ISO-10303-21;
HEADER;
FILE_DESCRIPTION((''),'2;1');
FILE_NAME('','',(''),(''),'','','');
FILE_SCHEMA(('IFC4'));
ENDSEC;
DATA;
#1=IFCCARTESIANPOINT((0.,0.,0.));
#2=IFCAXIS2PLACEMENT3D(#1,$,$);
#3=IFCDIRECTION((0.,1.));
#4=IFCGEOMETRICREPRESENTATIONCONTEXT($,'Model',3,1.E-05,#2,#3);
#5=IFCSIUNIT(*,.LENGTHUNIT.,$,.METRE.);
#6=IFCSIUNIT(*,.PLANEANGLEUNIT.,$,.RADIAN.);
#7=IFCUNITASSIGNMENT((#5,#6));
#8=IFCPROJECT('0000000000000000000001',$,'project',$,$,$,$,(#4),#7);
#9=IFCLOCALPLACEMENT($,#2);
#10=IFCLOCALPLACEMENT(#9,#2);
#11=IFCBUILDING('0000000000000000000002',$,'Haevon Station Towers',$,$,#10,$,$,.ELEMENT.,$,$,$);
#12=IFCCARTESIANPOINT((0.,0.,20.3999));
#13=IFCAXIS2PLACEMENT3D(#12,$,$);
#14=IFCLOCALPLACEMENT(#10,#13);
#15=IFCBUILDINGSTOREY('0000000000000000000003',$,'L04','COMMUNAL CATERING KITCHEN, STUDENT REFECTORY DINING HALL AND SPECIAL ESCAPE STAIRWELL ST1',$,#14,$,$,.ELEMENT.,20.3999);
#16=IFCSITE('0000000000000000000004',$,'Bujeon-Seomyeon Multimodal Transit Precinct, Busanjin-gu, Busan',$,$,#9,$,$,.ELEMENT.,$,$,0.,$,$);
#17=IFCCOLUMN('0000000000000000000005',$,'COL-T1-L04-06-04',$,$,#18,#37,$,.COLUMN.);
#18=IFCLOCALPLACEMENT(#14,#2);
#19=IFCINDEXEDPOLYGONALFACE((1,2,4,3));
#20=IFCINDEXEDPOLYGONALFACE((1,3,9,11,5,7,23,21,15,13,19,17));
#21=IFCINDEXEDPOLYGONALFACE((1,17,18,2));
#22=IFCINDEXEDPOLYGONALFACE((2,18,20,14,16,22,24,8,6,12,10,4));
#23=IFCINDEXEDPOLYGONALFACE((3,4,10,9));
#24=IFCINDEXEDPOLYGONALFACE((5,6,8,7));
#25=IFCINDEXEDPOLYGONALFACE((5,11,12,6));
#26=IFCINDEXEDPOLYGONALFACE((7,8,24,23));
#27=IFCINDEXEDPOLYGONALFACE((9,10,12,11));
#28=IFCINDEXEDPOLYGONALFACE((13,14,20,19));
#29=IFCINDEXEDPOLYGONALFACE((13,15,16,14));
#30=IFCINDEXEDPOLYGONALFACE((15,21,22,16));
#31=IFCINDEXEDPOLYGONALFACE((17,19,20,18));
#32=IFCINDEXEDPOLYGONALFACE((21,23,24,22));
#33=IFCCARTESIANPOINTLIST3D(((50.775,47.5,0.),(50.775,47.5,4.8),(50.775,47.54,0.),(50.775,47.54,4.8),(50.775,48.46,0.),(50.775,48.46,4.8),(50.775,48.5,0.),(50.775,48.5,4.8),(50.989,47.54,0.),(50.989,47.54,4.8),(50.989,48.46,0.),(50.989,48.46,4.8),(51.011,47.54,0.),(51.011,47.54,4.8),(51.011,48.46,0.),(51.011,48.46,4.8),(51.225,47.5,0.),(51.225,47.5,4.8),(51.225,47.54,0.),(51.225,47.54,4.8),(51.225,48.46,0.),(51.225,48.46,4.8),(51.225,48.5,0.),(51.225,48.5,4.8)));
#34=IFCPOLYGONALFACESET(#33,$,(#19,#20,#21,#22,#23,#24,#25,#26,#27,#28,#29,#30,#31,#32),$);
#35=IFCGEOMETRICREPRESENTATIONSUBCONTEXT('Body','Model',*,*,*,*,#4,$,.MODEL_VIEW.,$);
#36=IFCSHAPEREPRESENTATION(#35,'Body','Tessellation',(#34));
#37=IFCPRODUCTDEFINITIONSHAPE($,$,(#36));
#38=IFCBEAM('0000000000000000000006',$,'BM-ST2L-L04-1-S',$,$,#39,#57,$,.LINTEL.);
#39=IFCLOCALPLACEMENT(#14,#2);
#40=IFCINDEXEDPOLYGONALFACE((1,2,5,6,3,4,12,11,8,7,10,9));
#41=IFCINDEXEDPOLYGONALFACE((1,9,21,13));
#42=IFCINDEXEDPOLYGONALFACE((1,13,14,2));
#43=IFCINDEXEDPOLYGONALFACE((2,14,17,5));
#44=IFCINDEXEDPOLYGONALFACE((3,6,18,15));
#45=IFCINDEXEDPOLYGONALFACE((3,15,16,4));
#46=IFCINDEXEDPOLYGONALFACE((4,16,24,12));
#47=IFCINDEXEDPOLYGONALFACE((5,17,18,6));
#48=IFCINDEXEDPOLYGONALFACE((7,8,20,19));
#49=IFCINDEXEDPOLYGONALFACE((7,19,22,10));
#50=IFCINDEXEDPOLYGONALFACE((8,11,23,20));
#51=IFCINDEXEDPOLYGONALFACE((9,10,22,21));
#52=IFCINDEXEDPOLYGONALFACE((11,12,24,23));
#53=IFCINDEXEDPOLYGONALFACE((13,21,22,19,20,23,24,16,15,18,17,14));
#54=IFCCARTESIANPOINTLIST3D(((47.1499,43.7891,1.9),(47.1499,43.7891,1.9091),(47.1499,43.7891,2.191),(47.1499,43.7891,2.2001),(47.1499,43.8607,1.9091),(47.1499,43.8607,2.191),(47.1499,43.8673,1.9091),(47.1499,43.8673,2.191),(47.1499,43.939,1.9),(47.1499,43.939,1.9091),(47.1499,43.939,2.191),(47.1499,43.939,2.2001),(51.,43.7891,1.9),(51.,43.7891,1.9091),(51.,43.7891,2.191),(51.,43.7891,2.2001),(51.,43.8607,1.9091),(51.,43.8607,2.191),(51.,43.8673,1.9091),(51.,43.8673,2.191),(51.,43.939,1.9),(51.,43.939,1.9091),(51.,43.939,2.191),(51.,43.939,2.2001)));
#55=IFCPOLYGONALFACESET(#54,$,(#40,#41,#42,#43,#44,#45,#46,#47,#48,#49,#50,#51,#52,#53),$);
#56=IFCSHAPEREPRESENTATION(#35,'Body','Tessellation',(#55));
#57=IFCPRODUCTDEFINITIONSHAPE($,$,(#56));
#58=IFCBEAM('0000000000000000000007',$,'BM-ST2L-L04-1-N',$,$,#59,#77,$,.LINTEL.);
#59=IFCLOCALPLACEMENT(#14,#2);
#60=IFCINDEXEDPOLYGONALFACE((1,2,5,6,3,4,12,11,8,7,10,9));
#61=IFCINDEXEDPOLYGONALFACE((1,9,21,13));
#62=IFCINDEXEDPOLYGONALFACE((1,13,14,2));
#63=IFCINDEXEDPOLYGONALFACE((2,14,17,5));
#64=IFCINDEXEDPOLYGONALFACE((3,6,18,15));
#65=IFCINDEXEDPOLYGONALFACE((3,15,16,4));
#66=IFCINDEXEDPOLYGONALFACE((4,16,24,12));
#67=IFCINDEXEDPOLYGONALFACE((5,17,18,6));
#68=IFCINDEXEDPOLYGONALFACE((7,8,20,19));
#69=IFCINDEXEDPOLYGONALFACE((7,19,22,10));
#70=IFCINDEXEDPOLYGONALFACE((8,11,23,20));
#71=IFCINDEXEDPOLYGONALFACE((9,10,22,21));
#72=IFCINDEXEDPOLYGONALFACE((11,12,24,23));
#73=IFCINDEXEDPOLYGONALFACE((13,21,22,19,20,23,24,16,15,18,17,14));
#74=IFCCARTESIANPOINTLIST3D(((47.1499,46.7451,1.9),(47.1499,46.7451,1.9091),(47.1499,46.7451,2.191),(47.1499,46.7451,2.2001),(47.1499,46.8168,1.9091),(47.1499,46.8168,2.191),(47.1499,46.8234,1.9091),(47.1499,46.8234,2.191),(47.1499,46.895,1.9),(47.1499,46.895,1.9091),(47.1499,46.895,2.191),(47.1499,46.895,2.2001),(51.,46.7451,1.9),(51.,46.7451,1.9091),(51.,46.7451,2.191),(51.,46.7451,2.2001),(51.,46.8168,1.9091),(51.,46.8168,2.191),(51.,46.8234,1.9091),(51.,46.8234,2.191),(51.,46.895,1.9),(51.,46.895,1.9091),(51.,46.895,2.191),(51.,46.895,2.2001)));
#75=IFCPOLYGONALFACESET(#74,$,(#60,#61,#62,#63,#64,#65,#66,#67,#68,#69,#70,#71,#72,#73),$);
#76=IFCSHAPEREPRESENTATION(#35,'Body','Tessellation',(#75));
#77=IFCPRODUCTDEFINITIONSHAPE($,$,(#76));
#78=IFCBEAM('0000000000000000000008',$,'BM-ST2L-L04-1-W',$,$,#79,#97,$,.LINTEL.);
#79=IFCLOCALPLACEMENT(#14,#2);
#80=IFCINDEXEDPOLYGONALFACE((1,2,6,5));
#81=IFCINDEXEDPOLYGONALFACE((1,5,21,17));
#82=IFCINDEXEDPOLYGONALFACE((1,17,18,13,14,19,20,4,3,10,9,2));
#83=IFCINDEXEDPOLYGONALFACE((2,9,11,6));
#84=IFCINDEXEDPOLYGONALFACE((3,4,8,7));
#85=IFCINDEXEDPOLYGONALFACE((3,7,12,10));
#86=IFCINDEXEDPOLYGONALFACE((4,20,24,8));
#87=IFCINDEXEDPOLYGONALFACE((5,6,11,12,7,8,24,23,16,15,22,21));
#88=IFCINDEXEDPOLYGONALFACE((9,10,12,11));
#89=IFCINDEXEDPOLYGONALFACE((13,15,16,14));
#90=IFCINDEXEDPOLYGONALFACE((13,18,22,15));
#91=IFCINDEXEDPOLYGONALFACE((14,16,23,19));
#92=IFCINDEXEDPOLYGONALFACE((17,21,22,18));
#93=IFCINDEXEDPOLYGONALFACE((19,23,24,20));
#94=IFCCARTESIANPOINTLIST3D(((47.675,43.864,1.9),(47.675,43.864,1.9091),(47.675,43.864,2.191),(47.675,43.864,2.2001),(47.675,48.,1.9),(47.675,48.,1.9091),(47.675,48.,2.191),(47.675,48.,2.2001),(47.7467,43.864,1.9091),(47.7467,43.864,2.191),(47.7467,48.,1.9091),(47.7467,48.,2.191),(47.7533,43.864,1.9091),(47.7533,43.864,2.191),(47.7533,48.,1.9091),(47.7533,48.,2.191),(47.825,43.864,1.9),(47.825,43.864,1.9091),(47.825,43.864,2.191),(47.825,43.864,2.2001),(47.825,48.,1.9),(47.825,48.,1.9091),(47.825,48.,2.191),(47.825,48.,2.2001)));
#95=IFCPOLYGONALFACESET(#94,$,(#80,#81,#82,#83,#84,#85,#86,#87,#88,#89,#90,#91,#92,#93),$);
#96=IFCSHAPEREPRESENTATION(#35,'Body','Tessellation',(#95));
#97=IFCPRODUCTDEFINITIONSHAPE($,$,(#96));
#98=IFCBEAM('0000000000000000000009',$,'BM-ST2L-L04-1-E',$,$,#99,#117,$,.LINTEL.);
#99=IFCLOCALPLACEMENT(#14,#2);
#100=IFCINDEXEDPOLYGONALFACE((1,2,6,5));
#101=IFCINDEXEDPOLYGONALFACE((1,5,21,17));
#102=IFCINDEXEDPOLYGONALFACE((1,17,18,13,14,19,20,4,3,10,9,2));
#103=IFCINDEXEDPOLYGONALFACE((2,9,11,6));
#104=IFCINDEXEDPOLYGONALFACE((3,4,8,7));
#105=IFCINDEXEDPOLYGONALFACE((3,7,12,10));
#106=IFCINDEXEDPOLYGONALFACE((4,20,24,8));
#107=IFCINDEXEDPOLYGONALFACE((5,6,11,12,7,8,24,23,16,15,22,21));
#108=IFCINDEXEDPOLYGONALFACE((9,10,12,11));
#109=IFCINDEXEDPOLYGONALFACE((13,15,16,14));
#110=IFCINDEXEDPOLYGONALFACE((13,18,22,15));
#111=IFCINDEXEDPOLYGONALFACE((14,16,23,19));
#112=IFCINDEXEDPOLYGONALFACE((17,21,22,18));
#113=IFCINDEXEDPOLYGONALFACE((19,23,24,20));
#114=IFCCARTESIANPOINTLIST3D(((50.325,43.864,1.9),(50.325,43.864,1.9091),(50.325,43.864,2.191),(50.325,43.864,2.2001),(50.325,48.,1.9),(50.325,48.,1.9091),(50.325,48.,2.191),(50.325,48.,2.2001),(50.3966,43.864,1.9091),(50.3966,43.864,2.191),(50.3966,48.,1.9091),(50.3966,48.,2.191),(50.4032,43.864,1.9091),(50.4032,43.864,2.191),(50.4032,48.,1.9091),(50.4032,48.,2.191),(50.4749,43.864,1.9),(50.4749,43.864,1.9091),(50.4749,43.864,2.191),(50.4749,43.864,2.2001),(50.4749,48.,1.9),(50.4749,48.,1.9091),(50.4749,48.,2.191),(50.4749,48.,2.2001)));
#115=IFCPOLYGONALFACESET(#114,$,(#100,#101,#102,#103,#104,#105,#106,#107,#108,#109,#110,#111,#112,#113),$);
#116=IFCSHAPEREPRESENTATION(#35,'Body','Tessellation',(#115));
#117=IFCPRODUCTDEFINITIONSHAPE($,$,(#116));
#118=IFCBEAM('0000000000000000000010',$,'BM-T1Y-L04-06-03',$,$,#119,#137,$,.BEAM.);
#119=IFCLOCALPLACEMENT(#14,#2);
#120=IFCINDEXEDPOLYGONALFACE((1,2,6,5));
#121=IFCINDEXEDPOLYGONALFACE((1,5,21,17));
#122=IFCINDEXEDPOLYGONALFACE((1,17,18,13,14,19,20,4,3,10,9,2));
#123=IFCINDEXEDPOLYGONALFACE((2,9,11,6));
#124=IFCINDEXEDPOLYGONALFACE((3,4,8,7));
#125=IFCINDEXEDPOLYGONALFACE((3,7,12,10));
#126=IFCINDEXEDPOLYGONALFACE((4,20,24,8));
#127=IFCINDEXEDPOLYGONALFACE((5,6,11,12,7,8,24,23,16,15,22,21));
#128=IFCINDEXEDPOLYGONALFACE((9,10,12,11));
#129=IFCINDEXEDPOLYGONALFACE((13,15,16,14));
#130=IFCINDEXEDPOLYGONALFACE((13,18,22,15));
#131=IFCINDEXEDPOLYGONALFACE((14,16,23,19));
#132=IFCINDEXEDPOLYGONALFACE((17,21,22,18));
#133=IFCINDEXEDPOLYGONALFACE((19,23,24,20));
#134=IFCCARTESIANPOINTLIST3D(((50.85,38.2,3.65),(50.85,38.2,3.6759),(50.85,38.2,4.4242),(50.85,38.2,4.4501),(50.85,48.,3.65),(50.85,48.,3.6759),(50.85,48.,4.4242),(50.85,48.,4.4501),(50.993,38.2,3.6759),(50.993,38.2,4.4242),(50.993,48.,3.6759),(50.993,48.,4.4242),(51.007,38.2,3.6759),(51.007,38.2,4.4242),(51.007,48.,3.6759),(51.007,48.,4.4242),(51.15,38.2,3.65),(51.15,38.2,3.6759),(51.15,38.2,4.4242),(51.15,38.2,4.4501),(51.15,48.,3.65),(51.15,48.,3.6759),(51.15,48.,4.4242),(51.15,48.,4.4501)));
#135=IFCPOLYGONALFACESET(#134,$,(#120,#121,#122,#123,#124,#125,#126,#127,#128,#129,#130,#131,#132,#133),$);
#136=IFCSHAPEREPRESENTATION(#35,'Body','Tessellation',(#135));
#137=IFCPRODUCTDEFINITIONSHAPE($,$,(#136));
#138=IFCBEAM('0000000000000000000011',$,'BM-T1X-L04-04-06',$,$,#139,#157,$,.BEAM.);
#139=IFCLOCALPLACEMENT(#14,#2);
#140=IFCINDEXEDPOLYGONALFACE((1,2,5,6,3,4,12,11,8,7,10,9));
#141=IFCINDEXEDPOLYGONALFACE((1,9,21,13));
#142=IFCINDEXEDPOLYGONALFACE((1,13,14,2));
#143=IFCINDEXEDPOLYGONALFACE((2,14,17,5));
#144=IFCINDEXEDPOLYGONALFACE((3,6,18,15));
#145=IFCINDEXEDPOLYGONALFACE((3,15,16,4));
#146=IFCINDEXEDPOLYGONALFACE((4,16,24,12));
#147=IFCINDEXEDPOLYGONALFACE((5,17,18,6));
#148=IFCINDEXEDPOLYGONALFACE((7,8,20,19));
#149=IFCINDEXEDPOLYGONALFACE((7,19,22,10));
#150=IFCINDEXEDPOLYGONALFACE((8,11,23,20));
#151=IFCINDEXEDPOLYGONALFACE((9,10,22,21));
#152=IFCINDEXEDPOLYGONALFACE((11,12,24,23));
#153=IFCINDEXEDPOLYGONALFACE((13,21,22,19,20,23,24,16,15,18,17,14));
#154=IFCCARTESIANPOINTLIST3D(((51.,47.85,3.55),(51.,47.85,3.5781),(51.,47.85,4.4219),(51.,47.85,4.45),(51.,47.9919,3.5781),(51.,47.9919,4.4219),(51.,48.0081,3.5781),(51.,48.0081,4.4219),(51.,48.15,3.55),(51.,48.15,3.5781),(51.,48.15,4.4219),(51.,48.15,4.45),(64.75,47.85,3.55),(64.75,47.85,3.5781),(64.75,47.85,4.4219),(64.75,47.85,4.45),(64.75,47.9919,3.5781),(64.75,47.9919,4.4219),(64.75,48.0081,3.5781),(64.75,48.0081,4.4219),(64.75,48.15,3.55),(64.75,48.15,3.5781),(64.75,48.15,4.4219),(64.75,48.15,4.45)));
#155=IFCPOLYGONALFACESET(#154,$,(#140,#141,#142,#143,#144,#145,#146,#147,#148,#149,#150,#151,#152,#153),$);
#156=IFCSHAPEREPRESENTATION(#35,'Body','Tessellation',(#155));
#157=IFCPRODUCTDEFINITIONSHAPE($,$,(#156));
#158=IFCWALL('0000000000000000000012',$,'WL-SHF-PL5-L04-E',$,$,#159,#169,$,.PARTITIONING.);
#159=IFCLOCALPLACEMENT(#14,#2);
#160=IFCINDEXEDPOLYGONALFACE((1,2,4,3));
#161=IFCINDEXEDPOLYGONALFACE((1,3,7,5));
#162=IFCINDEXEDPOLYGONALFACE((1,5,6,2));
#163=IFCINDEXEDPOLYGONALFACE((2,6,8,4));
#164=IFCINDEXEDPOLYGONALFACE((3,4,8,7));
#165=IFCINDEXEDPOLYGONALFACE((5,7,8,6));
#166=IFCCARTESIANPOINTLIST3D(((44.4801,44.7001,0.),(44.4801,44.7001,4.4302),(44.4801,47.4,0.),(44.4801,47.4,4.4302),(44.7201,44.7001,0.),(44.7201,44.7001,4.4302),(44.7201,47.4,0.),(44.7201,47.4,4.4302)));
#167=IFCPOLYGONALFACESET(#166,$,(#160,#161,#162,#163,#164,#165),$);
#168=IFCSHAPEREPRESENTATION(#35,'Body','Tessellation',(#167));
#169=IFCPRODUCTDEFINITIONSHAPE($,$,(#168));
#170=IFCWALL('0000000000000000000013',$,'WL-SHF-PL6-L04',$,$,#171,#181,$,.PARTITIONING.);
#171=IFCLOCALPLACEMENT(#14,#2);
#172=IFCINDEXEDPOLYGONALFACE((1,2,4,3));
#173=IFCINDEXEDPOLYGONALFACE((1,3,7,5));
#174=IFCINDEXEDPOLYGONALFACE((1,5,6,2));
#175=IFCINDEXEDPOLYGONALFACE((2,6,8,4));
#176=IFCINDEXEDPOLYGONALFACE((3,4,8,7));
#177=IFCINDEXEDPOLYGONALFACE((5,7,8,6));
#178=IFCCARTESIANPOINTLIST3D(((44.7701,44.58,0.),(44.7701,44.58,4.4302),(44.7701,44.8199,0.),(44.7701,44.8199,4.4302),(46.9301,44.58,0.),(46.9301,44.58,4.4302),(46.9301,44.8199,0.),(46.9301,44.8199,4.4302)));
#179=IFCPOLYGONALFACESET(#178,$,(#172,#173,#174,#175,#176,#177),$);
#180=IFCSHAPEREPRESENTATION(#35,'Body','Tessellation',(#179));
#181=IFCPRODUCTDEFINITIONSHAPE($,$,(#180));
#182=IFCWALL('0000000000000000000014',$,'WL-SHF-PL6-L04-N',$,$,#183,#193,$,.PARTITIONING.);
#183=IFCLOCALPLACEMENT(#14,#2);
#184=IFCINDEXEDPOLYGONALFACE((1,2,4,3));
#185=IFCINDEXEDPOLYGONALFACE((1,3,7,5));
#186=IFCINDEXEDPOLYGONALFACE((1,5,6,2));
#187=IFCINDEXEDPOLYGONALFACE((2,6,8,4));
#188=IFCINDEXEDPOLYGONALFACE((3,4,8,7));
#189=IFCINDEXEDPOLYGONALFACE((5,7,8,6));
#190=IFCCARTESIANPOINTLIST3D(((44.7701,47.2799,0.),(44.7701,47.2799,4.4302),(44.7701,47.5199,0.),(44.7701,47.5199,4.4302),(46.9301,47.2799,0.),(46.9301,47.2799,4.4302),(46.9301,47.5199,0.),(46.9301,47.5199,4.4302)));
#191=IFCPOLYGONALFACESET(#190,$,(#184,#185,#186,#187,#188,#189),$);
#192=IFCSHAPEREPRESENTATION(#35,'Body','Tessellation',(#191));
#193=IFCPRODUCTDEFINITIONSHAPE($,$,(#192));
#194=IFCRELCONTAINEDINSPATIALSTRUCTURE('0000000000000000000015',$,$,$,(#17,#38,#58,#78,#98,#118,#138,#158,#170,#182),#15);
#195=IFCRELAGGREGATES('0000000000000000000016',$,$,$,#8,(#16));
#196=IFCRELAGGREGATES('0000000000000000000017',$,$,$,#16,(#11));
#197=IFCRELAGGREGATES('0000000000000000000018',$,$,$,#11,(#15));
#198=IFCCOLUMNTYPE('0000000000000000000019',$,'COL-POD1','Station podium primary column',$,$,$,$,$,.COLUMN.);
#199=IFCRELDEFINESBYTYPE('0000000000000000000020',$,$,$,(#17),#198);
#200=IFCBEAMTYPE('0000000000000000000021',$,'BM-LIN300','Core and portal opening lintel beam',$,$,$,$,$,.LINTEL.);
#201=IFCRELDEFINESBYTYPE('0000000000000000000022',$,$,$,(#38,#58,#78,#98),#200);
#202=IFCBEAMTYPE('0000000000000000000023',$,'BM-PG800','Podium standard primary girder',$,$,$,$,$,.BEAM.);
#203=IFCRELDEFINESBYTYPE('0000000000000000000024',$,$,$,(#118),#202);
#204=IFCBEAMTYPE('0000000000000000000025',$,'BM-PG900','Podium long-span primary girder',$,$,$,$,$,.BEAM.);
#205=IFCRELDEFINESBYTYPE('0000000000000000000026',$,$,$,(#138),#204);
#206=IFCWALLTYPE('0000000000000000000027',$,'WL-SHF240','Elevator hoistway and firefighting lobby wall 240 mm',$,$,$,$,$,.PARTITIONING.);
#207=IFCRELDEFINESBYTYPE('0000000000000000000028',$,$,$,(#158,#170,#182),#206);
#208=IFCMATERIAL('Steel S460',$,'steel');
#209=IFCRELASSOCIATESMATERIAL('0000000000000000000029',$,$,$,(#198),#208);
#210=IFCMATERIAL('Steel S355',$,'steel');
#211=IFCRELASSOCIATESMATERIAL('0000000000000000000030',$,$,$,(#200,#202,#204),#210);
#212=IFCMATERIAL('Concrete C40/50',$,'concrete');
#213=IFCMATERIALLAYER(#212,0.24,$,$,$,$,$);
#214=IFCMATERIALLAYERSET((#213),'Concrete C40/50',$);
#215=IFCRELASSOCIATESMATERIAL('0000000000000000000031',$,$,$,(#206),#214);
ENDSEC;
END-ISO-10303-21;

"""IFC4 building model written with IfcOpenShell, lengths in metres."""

from ifc_helpers import new_model, si_unit, direction, frame, frame_2d, origin, origin_2d, place, context, subcontext, project, spatial, rectangle, i_section, extrude, material, layer, layer_set, material_profile, profile_set, type_object, element, save


model = new_model("IFC4")

# Units and contexts
model_context = context("Model", 3, precision=1e-05, world=origin(), true_north=direction((0.0, 1.0)))
body_context = subcontext(model_context, "Body", "Model", "MODEL_VIEW")
ifc_project = project(units=[si_unit("LENGTHUNIT", "METRE"), si_unit("PLANEANGLEUNIT", "RADIAN")], contexts=[model_context])

# Site, building, storey
site_placement = place(None, origin())
site = spatial("IfcSite", under=ifc_project, at=site_placement, Name="Bujeon-Seomyeon Multimodal Transit Precinct, Busanjin-gu, Busan", CompositionType="ELEMENT", RefElevation=0.0)
building_placement = place(site_placement, origin())
building = spatial("IfcBuilding", under=site, at=building_placement, Name="Haevon Station Towers", CompositionType="ELEMENT")
storey_placement = place(building_placement, frame((0.0, 0.0, 20.3999)))
storey = spatial("IfcBuildingStorey", under=building, at=storey_placement, Name="L04", Description="COMMUNAL CATERING KITCHEN, STUDENT REFECTORY DINING HALL AND SPECIAL ESCAPE STAIRWELL ST1", CompositionType="ELEMENT", Elevation=20.3999)

# Column
ifc_material_1 = material(Name="Steel S460", Category="steel")
ifc_material_profile_1 = material_profile(ifc_material_1, i_section(OverallWidth=0.45, OverallDepth=1.0, WebThickness=0.022, FlangeThickness=0.04, at=origin_2d()), Name="H-1000x450x22x40")
ifc_profile_set_1 = profile_set([ifc_material_profile_1], Name="Steel S460")
column_type = type_object("IfcColumnType", Name="COL-POD1", Description="Station podium primary column", PredefinedType="COLUMN", material=ifc_profile_set_1)
column_placement = place(storey_placement, frame((51.0, 48.0, 0.0), z_axis=(0.0, 0.0, 1.0), x_axis=(1.0, 0.0, 0.0)))
element("IfcColumn", 1, at=column_placement, inside=storey, type_object=column_type, Name="COL-T1-L04-06-04", PredefinedType="COLUMN", context=body_context, shape_type="SweptSolid", body=[
    extrude(i_section(OverallWidth=0.45, OverallDepth=1.0, WebThickness=0.022, FlangeThickness=0.04, at=origin_2d()), origin(), (0.0, 0.0, 1.0), 4.8),
])

# Beams
ifc_material_2 = material(Name="Steel S355", Category="steel")
ifc_material_profile_2 = material_profile(ifc_material_2, i_section(OverallWidth=0.1499, OverallDepth=0.3, WebThickness=0.0066, FlangeThickness=0.009, at=origin_2d()), Name="H-300x150x6.5x9")
ifc_profile_set_2 = profile_set([ifc_material_profile_2], Name="Steel S355")
beam_type_1 = type_object("IfcBeamType", Name="BM-LIN300", Description="Core and portal opening lintel beam", PredefinedType="LINTEL", material=ifc_profile_set_2)
for number, where, z_axis, x_axis, name in (
    (2, (47.1499, 43.864, 2.05), (1.0, 0.0, 0.0), (0.0, 1.0, 0.0), "BM-ST2L-L04-1-S"),
    (3, (47.1499, 46.8201, 2.05), (1.0, 0.0, 0.0), (0.0, 1.0, 0.0), "BM-ST2L-L04-1-N"),
):
    element("IfcBeam", number, at=place(storey_placement, frame(where, z_axis=z_axis, x_axis=x_axis)), inside=storey, type_object=beam_type_1, Name=name, PredefinedType="LINTEL", context=body_context, shape_type="SweptSolid", body=[
        extrude(i_section(OverallWidth=0.1499, OverallDepth=0.3, WebThickness=0.0066, FlangeThickness=0.009, at=origin_2d()), origin(), (0.0, 0.0, 1.0), 3.8501),
    ])
for number, where, z_axis, x_axis, name in (
    (4, (47.75, 43.864, 2.05), (0.0, 1.0, 0.0), (-1.0, 0.0, 0.0), "BM-ST2L-L04-1-W"),
    (5, (50.3999, 43.864, 2.05), (0.0, 1.0, 0.0), (-1.0, 0.0, 0.0), "BM-ST2L-L04-1-E"),
):
    element("IfcBeam", number, at=place(storey_placement, frame(where, z_axis=z_axis, x_axis=x_axis)), inside=storey, type_object=beam_type_1, Name=name, PredefinedType="LINTEL", context=body_context, shape_type="SweptSolid", body=[
        extrude(i_section(OverallWidth=0.1499, OverallDepth=0.3, WebThickness=0.0066, FlangeThickness=0.009, at=origin_2d()), origin(), (0.0, 0.0, 1.0), 4.136),
    ])
ifc_material_profile_3 = material_profile(ifc_material_2, i_section(OverallWidth=0.3, OverallDepth=0.8, WebThickness=0.0139, FlangeThickness=0.0259, at=origin_2d()), Name="H-800x300x14x26")
ifc_profile_set_3 = profile_set([ifc_material_profile_3], Name="Steel S355")
beam_type_2 = type_object("IfcBeamType", Name="BM-PG800", Description="Podium standard primary girder", PredefinedType="BEAM", material=ifc_profile_set_3)
beam_1_placement = place(storey_placement, frame((51.0, 38.2, 4.05), z_axis=(0.0, 1.0, 0.0), x_axis=(-1.0, 0.0, 0.0)))
element("IfcBeam", 6, at=beam_1_placement, inside=storey, type_object=beam_type_2, Name="BM-T1Y-L04-06-03", PredefinedType="BEAM", context=body_context, shape_type="SweptSolid", body=[
    extrude(i_section(OverallWidth=0.3, OverallDepth=0.8, WebThickness=0.0139, FlangeThickness=0.0259, at=origin_2d()), origin(), (0.0, 0.0, 1.0), 9.8),
])
ifc_material_profile_4 = material_profile(ifc_material_2, i_section(OverallWidth=0.3, OverallDepth=0.8999, WebThickness=0.0161, FlangeThickness=0.0281, at=origin_2d()), Name="H-900x300x16x28")
ifc_profile_set_4 = profile_set([ifc_material_profile_4], Name="Steel S355")
beam_type_3 = type_object("IfcBeamType", Name="BM-PG900", Description="Podium long-span primary girder", PredefinedType="BEAM", material=ifc_profile_set_4)
beam_2_placement = place(storey_placement, frame((51.0, 48.0, 4.0), z_axis=(1.0, 0.0, 0.0), x_axis=(0.0, 1.0, 0.0)))
element("IfcBeam", 7, at=beam_2_placement, inside=storey, type_object=beam_type_3, Name="BM-T1X-L04-04-06", PredefinedType="BEAM", context=body_context, shape_type="SweptSolid", body=[
    extrude(i_section(OverallWidth=0.3, OverallDepth=0.8999, WebThickness=0.0161, FlangeThickness=0.0281, at=origin_2d()), origin(), (0.0, 0.0, 1.0), 13.75),
])

# Walls
ifc_material_3 = material(Name="Concrete C40/50", Category="concrete")
ifc_layer = layer(ifc_material_3, 0.24)
ifc_layer_set = layer_set([ifc_layer], Name="Concrete C40/50")
wall_type = type_object("IfcWallType", Name="WL-SHF240", Description="Elevator hoistway and firefighting lobby wall 240 mm", PredefinedType="PARTITIONING", material=ifc_layer_set)
wall_placement = place(storey_placement, frame((44.6001, 44.7, 0.0), z_axis=(0.0, 0.0, 1.0), x_axis=(0.0, 1.0, 0.0)))
element("IfcWall", 8, at=wall_placement, inside=storey, type_object=wall_type, Name="WL-SHF-PL5-L04-E", PredefinedType="PARTITIONING", context=body_context, shape_type="SweptSolid", body=[
    extrude(rectangle(XDim=2.7, YDim=0.24, at=frame_2d((1.3501, 0.0))), origin(), (0.0, 0.0, 1.0), 4.4302),
])
for number, where, z_axis, x_axis, name in (
    (9, (44.77, 44.7, 0.0), (0.0, 0.0, 1.0), (1.0, 0.0, 0.0), "WL-SHF-PL6-L04"),
    (10, (44.77, 47.3999, 0.0), (0.0, 0.0, 1.0), (1.0, 0.0, 0.0), "WL-SHF-PL6-L04-N"),
):
    element("IfcWall", number, at=place(storey_placement, frame(where, z_axis=z_axis, x_axis=x_axis)), inside=storey, type_object=wall_type, Name=name, PredefinedType="PARTITIONING", context=body_context, shape_type="SweptSolid", body=[
        extrude(rectangle(XDim=2.1599, YDim=0.24, at=frame_2d((1.0801, 0.0))), origin(), (0.0, 0.0, 1.0), 4.4302),
    ])

save(model, "model.ifc")
